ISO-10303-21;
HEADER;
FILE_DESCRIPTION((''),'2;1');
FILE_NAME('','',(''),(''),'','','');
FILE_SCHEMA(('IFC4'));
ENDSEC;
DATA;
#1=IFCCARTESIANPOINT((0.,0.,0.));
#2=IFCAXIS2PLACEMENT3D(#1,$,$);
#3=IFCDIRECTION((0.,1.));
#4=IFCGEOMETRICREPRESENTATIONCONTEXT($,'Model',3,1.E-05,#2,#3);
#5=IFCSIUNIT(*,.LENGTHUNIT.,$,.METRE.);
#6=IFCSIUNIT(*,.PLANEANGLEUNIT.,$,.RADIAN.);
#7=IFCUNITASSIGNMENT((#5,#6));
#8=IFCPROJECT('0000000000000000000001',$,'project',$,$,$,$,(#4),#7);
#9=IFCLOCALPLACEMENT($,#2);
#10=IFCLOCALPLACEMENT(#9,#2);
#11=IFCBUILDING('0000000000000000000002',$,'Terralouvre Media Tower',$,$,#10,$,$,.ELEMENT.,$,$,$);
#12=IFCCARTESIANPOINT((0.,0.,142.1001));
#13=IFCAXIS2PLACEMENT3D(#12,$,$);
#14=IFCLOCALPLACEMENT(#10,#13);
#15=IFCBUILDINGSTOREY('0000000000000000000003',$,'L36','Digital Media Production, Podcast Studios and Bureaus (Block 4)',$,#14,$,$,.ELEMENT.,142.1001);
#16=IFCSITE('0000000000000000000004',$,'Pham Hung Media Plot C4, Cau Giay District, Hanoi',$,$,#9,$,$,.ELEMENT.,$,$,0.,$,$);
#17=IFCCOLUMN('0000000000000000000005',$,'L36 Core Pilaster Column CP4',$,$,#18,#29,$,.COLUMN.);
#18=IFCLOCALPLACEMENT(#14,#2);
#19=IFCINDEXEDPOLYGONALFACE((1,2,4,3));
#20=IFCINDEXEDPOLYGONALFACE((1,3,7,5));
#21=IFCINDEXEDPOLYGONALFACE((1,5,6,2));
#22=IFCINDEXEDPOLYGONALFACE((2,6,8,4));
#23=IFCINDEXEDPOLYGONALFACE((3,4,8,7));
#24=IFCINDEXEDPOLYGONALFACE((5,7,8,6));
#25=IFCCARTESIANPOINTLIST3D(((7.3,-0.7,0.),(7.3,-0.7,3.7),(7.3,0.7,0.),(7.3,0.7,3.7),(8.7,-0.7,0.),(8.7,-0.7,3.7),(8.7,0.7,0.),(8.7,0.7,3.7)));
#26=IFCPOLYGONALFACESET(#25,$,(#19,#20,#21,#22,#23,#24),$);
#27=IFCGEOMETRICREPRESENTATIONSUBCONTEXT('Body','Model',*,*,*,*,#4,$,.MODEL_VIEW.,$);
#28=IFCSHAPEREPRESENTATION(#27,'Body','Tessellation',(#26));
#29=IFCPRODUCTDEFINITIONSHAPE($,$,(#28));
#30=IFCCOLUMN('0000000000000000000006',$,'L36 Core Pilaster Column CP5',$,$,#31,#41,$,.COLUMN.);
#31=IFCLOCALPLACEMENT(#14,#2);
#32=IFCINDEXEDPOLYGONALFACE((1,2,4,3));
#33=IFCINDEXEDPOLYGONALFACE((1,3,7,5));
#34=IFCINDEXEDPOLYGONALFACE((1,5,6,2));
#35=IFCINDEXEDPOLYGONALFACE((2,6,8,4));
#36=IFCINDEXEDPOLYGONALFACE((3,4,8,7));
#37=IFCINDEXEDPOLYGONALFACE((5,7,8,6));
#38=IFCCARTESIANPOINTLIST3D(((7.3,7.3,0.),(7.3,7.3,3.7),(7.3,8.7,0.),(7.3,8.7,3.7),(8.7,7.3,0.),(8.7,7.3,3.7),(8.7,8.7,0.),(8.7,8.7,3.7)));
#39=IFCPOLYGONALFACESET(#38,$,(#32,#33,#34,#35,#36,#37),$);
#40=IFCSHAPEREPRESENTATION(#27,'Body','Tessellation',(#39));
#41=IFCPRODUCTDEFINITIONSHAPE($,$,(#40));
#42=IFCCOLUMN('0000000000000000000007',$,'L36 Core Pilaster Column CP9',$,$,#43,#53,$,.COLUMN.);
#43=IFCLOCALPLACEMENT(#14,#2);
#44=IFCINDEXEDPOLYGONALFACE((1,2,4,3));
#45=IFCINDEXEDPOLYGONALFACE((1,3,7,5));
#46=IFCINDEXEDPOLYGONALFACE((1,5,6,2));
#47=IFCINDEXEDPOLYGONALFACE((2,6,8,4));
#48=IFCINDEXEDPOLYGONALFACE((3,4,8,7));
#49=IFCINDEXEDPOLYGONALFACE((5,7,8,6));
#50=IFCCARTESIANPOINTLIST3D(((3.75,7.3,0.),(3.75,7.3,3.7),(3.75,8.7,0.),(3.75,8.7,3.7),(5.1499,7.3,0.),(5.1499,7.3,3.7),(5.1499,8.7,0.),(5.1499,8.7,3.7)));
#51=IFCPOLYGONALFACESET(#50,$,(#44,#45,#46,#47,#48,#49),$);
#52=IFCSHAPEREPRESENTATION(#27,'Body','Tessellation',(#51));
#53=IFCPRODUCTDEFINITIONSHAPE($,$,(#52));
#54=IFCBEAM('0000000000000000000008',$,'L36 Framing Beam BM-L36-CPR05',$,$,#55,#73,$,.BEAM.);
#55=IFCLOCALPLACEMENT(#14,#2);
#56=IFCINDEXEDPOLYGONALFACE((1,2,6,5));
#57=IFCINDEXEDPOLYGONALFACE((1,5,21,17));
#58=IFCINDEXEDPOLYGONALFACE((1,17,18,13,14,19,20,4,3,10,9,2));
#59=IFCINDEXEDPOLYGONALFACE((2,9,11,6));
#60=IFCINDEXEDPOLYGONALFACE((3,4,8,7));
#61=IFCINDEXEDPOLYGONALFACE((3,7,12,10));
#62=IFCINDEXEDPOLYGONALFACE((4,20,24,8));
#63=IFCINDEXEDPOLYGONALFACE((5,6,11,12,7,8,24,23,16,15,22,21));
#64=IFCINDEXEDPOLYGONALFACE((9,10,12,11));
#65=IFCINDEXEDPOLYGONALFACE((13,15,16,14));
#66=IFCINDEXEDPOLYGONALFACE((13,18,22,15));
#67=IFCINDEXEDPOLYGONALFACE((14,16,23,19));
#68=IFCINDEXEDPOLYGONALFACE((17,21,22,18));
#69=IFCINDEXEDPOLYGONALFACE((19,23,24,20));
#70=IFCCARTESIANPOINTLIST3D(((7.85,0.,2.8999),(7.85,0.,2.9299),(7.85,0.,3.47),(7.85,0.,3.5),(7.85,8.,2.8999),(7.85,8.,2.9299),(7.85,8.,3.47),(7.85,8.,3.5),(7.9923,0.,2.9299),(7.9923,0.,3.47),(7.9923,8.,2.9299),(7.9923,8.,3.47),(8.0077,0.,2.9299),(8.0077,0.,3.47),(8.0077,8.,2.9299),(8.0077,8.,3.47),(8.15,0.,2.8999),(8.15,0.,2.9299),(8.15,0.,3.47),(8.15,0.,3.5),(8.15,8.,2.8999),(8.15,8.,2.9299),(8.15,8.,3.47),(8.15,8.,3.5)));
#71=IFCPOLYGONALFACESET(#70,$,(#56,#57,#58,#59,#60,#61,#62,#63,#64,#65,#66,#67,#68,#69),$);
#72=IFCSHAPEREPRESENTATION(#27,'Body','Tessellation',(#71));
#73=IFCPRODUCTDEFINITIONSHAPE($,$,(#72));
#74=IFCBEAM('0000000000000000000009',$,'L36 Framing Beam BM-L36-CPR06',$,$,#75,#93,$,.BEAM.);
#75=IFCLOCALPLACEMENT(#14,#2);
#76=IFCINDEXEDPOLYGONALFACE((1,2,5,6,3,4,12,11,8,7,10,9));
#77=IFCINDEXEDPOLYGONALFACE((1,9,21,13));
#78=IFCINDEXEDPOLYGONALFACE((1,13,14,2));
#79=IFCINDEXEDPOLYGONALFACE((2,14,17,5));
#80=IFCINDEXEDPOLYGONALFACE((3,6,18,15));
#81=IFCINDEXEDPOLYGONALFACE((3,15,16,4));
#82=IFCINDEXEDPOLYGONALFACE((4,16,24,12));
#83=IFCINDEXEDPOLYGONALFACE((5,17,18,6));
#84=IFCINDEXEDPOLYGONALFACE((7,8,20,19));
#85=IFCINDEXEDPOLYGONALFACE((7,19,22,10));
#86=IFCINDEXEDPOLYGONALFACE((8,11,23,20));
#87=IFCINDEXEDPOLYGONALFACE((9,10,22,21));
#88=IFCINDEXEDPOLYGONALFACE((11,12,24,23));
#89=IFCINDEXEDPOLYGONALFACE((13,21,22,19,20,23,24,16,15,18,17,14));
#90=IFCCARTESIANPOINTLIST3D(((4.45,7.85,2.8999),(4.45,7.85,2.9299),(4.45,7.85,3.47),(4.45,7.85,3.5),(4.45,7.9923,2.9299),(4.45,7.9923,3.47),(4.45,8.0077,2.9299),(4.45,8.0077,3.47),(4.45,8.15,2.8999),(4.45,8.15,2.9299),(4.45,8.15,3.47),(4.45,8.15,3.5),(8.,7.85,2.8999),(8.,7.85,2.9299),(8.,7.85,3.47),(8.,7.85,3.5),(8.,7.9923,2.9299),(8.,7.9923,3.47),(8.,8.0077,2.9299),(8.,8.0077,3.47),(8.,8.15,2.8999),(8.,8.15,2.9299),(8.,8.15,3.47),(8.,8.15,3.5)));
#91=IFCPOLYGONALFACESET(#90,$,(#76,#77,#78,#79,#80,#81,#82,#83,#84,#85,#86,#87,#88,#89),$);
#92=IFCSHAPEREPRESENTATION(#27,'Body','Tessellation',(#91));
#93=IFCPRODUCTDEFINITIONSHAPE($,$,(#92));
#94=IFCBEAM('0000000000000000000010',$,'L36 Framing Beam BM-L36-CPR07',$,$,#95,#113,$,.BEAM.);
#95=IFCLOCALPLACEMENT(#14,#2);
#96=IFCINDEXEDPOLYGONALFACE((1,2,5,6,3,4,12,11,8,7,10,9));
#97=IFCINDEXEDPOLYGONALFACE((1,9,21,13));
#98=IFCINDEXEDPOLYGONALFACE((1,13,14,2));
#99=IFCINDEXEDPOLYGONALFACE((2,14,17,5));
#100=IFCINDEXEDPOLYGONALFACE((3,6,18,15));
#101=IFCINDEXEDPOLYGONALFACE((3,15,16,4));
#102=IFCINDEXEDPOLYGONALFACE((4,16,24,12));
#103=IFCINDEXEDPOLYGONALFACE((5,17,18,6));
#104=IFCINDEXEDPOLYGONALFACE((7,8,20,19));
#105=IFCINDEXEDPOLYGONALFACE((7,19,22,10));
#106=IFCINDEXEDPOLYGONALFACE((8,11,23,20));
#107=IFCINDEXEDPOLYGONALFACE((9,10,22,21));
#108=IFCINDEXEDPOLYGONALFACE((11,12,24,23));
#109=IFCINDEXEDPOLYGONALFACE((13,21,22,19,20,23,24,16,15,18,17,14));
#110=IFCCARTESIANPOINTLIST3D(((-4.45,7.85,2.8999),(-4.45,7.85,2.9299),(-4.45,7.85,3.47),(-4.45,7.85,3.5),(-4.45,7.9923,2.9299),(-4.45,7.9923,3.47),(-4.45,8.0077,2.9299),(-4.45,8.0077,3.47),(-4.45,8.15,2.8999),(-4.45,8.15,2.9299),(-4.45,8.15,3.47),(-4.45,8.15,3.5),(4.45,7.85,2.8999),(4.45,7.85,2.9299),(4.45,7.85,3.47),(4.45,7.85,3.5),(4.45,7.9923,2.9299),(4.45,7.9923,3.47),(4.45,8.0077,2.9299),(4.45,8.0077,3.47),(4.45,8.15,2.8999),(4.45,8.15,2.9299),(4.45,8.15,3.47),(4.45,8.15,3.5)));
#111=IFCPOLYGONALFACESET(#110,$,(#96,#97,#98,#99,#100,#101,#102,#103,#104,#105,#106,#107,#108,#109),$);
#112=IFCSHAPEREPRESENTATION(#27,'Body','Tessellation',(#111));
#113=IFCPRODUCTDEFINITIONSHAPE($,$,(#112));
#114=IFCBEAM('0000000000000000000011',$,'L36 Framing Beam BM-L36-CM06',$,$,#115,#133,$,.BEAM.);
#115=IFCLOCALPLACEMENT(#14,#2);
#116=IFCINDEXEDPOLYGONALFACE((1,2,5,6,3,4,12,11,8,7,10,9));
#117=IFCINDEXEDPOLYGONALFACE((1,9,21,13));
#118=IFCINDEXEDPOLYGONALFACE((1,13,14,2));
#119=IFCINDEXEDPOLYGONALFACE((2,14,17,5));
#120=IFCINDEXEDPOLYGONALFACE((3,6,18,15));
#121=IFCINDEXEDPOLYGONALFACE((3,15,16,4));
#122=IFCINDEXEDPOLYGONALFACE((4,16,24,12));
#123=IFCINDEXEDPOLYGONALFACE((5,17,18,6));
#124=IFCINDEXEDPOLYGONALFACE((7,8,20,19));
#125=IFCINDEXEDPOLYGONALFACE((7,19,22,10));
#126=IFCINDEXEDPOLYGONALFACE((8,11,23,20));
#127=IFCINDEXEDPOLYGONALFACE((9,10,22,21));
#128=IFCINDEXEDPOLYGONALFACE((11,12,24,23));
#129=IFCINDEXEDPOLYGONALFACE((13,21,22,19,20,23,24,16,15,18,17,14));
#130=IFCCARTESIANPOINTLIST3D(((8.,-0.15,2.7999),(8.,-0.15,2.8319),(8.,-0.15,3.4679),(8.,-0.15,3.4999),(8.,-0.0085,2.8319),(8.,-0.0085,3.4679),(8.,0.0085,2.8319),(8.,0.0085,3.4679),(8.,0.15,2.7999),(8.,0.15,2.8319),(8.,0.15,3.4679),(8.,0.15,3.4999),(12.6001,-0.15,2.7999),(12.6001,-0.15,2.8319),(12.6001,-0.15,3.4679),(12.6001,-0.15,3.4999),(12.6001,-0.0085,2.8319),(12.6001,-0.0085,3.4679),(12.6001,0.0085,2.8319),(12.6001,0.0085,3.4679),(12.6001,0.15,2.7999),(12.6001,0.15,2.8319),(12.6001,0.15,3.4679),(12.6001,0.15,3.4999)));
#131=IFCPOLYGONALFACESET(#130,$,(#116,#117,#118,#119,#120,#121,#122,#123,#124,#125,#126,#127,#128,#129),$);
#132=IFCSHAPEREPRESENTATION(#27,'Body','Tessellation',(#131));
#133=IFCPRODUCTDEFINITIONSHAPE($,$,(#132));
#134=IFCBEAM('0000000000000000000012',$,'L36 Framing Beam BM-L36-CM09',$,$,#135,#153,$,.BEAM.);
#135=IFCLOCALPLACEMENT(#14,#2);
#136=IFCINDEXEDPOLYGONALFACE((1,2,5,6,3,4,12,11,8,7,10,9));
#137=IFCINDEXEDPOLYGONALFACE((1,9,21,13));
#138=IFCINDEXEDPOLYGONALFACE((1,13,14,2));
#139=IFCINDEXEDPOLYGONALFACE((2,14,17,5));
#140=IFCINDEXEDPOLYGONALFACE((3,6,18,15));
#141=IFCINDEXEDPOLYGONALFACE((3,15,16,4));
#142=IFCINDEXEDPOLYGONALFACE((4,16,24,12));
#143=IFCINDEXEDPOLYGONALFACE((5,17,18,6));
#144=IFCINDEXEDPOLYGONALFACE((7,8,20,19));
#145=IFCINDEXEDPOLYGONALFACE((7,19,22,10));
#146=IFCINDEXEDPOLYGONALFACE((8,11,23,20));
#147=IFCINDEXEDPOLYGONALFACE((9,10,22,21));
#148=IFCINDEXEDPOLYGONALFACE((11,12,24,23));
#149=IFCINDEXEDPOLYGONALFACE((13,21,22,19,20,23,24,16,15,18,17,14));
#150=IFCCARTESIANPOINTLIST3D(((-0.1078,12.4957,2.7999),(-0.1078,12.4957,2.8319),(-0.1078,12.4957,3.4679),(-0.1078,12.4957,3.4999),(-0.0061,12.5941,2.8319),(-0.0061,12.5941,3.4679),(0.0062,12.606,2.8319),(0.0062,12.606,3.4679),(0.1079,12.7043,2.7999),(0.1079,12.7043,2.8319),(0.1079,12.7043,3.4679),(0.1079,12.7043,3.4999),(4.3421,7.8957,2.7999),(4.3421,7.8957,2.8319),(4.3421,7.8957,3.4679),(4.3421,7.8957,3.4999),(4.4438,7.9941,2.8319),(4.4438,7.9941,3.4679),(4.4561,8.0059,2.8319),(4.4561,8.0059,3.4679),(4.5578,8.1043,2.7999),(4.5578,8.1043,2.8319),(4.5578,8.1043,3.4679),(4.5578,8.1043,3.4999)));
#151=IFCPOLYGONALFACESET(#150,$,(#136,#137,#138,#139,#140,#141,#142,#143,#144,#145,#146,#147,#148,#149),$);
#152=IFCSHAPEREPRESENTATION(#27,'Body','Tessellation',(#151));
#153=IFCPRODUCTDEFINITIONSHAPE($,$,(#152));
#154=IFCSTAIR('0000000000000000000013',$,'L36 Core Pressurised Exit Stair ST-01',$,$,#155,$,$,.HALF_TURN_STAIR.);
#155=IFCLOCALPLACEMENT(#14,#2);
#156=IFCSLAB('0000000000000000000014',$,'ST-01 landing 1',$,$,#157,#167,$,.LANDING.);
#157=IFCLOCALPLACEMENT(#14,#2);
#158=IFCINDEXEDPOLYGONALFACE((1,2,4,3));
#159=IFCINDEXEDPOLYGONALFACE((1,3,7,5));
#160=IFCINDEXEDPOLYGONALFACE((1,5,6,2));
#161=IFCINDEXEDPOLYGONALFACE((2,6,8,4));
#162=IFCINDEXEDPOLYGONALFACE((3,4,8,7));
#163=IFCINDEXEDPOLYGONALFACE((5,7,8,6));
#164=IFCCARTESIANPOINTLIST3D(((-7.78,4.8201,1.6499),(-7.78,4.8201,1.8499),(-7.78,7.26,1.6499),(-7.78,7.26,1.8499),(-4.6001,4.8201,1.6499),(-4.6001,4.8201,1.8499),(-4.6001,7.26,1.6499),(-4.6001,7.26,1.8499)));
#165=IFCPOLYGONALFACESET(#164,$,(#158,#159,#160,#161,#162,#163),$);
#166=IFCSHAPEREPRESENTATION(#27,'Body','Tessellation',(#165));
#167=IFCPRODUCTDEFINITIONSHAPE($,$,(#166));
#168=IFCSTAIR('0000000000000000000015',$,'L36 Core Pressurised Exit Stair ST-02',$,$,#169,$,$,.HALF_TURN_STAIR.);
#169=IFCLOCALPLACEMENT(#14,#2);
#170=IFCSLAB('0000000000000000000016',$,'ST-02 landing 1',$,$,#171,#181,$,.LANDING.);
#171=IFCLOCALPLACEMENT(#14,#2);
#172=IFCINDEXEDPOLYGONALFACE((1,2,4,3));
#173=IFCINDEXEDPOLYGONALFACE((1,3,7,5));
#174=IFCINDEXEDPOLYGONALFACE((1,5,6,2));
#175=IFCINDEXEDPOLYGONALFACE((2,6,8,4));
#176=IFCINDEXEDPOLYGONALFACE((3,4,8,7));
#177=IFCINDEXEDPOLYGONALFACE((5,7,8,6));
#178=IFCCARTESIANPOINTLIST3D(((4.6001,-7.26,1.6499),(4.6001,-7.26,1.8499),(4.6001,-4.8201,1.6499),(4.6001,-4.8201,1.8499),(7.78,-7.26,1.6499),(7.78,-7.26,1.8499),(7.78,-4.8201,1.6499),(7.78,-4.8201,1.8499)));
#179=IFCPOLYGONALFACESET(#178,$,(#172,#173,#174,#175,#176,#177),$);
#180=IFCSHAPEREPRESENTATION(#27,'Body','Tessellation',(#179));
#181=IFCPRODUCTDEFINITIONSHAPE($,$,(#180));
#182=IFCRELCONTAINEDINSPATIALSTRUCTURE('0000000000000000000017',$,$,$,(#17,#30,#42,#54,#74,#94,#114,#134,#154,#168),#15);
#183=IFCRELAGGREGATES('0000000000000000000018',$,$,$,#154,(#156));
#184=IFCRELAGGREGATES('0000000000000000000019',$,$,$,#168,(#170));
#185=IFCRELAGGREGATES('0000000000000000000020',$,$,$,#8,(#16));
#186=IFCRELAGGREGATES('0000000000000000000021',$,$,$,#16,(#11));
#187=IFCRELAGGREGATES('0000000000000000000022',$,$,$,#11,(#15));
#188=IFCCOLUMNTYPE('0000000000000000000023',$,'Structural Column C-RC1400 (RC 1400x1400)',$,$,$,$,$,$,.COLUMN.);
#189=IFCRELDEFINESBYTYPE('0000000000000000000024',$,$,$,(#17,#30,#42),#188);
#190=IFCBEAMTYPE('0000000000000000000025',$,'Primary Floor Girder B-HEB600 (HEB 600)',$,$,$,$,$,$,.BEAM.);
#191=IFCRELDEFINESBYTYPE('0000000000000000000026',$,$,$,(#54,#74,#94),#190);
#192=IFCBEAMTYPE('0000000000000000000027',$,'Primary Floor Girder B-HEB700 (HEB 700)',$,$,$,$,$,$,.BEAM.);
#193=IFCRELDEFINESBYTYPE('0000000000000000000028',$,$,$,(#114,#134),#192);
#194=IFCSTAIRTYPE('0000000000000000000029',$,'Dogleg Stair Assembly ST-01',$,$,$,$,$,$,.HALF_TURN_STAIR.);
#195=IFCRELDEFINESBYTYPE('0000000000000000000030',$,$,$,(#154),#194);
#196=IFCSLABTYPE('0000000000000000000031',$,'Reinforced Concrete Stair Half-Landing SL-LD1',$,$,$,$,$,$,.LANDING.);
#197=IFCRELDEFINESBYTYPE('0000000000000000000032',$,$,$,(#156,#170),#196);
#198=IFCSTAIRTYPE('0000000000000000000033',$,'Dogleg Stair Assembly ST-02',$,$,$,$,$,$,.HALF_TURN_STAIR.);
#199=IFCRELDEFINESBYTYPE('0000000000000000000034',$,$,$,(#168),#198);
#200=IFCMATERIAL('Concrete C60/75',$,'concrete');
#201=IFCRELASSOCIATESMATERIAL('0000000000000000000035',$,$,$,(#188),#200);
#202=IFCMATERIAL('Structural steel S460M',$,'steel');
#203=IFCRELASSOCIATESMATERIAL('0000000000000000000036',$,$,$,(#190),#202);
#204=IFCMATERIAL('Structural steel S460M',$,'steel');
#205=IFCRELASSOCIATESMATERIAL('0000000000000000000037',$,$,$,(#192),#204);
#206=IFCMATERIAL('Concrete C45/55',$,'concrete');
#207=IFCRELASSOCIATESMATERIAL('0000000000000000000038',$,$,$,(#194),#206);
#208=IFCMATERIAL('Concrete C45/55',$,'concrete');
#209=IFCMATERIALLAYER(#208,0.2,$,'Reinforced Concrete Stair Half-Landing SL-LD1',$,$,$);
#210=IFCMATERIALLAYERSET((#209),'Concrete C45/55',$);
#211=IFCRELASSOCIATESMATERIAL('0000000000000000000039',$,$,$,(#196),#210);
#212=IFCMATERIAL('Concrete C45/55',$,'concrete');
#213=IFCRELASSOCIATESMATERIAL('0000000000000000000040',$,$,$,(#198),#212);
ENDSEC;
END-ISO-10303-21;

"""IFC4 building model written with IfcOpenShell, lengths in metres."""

from ifc_helpers import new_model, si_unit, direction, frame, origin, origin_2d, place, context, subcontext, project, spatial, polyline, rectangle, i_section, outline, extrude, material, layer, layer_set, material_profile, profile_set, type_object, element, aggregate, save


model = new_model("IFC4")

# Units and contexts
model_context = context("Model", 3, precision=1e-05, world=origin(), true_north=direction((0.0, 1.0)))
body_context = subcontext(model_context, "Body", "Model", "MODEL_VIEW")
ifc_project = project(units=[si_unit("LENGTHUNIT", "METRE"), si_unit("PLANEANGLEUNIT", "RADIAN")], contexts=[model_context])

# Site, building, storey
site_placement = place(None, origin())
site = spatial("IfcSite", under=ifc_project, at=site_placement, Name="Pham Hung Media Plot C4, Cau Giay District, Hanoi", CompositionType="ELEMENT", RefElevation=0.0)
building_placement = place(site_placement, origin())
building = spatial("IfcBuilding", under=site, at=building_placement, Name="Terralouvre Media Tower", CompositionType="ELEMENT")
storey_placement = place(building_placement, frame((0.0, 0.0, 142.1001)))
storey = spatial("IfcBuildingStorey", under=building, at=storey_placement, Name="L36", Description="Digital Media Production, Podcast Studios and Bureaus (Block 4)", CompositionType="ELEMENT", Elevation=142.1001)

# Columns
ifc_material_1 = material(Name="Concrete C60/75", Category="concrete")
ifc_material_profile_1 = material_profile(ifc_material_1, rectangle(XDim=1.3999, YDim=1.3999, at=origin_2d()), Name="RC 1400x1400")
ifc_profile_set_1 = profile_set([ifc_material_profile_1], Name="Concrete C60/75")
column_type = type_object("IfcColumnType", Name="Structural Column C-RC1400 (RC 1400x1400)", PredefinedType="COLUMN", material=ifc_profile_set_1)
for number, where, z_axis, x_axis, name in (
    (1, (8.0, 0.0, 0.0), (0.0, 0.0, 1.0), (1.0, 0.0, 0.0), "L36 Core Pilaster Column CP4"),
    (2, (8.0, 8.0, 0.0), (0.0, 0.0, 1.0), (1.0, 0.0, 0.0), "L36 Core Pilaster Column CP5"),
    (3, (4.45, 8.0, 0.0), (0.0, 0.0, 1.0), (1.0, 0.0, 0.0), "L36 Core Pilaster Column CP9"),
):
    element("IfcColumn", number, at=place(storey_placement, frame(where, z_axis=z_axis, x_axis=x_axis)), inside=storey, type_object=column_type, Name=name, PredefinedType="COLUMN", context=body_context, shape_type="SweptSolid", body=[
        extrude(rectangle(XDim=1.3999, YDim=1.3999, at=origin_2d()), origin(), (0.0, 0.0, 1.0), 3.7),
    ])

# Beams
ifc_material_2 = material(Name="Structural steel S460M", Category="steel")
ifc_material_profile_2 = material_profile(ifc_material_2, i_section(OverallWidth=0.3, OverallDepth=0.6001, WebThickness=0.0154, FlangeThickness=0.03, at=origin_2d()), Name="HEB 600")
ifc_profile_set_2 = profile_set([ifc_material_profile_2], Name="Structural steel S460M")
beam_type_1 = type_object("IfcBeamType", Name="Primary Floor Girder B-HEB600 (HEB 600)", PredefinedType="BEAM", material=ifc_profile_set_2)
beam_1_placement = place(storey_placement, frame((8.0, 0.0, 3.2), z_axis=(0.0, 1.0, 0.0), x_axis=(-1.0, 0.0, 0.0)))
element("IfcBeam", 4, at=beam_1_placement, inside=storey, type_object=beam_type_1, Name="L36 Framing Beam BM-L36-CPR05", PredefinedType="BEAM", context=body_context, shape_type="SweptSolid", body=[
    extrude(i_section(OverallWidth=0.3, OverallDepth=0.6001, WebThickness=0.0154, FlangeThickness=0.03, at=origin_2d()), origin(), (0.0, 0.0, 1.0), 8.0),
])
beam_2_placement = place(storey_placement, frame((8.0, 8.0, 3.2), z_axis=(-1.0, 0.0, 0.0), x_axis=(0.0, -1.0, 0.0)))
element("IfcBeam", 5, at=beam_2_placement, inside=storey, type_object=beam_type_1, Name="L36 Framing Beam BM-L36-CPR06", PredefinedType="BEAM", context=body_context, shape_type="SweptSolid", body=[
    extrude(i_section(OverallWidth=0.3, OverallDepth=0.6001, WebThickness=0.0154, FlangeThickness=0.03, at=origin_2d()), origin(), (0.0, 0.0, 1.0), 3.55),
])
beam_3_placement = place(storey_placement, frame((4.45, 8.0, 3.2), z_axis=(-1.0, 0.0, 0.0), x_axis=(0.0, -1.0, 0.0)))
element("IfcBeam", 6, at=beam_3_placement, inside=storey, type_object=beam_type_1, Name="L36 Framing Beam BM-L36-CPR07", PredefinedType="BEAM", context=body_context, shape_type="SweptSolid", body=[
    extrude(i_section(OverallWidth=0.3, OverallDepth=0.6001, WebThickness=0.0154, FlangeThickness=0.03, at=origin_2d()), origin(), (0.0, 0.0, 1.0), 8.8999),
])
ifc_material_3 = material(Name="Structural steel S460M", Category="steel")
ifc_material_profile_3 = material_profile(ifc_material_3, i_section(OverallWidth=0.3, OverallDepth=0.7, WebThickness=0.0171, FlangeThickness=0.032, at=origin_2d()), Name="HEB 700")
ifc_profile_set_3 = profile_set([ifc_material_profile_3], Name="Structural steel S460M")
beam_type_2 = type_object("IfcBeamType", Name="Primary Floor Girder B-HEB700 (HEB 700)", PredefinedType="BEAM", material=ifc_profile_set_3)
beam_4_placement = place(storey_placement, frame((8.0, 0.0, 3.1499), z_axis=(1.0, 0.0, 0.0), x_axis=(0.0, 1.0, 0.0)))
element("IfcBeam", 7, at=beam_4_placement, inside=storey, type_object=beam_type_2, Name="L36 Framing Beam BM-L36-CM06", PredefinedType="BEAM", context=body_context, shape_type="SweptSolid", body=[
    extrude(i_section(OverallWidth=0.3, OverallDepth=0.7, WebThickness=0.0171, FlangeThickness=0.032, at=origin_2d()), origin(), (0.0, 0.0, 1.0), 4.6001),
])
beam_5_placement = place(storey_placement, frame((4.45, 8.0, 3.1499), z_axis=(-0.69528, 0.718739, 0.0), x_axis=(-0.718739, -0.69528, 0.0)))
element("IfcBeam", 8, at=beam_5_placement, inside=storey, type_object=beam_type_2, Name="L36 Framing Beam BM-L36-CM09", PredefinedType="BEAM", context=body_context, shape_type="SweptSolid", body=[
    extrude(i_section(OverallWidth=0.3, OverallDepth=0.7, WebThickness=0.0171, FlangeThickness=0.032, at=origin_2d()), origin(), (0.0, 0.0, 1.0), 6.4001),
])

# Stairs, slabs
ifc_material_4 = material(Name="Concrete C45/55", Category="concrete")
stair_type_1 = type_object("IfcStairType", Name="Dogleg Stair Assembly ST-01", PredefinedType="HALF_TURN_STAIR", material=ifc_material_4)
stair_1_placement = place(storey_placement, origin())
stair_1 = element("IfcStair", 9, at=stair_1_placement, inside=storey, type_object=stair_type_1, Name="L36 Core Pressurised Exit Stair ST-01", PredefinedType="HALF_TURN_STAIR")
ifc_material_5 = material(Name="Concrete C45/55", Category="concrete")
ifc_layer_1 = layer(ifc_material_5, 0.2, Name="Reinforced Concrete Stair Half-Landing SL-LD1")
ifc_layer_set_1 = layer_set([ifc_layer_1], Name="Concrete C45/55")
slab_type = type_object("IfcSlabType", Name="Reinforced Concrete Stair Half-Landing SL-LD1", PredefinedType="LANDING", material=ifc_layer_set_1)
slab_1_placement = place(storey_placement, frame((0.0, 0.0, 1.6499)))
slab_1 = element("IfcSlab", 10, at=slab_1_placement, type_object=slab_type, Name="ST-01 landing 1", PredefinedType="LANDING", context=body_context, shape_type="SweptSolid", body=[
    extrude(outline(polyline([(-4.6001, 4.8201), (-4.6001, 7.26), (-7.78, 7.26), (-7.78, 4.8201), (-4.6001, 4.8201)])), origin(), (0.0, 0.0, 1.0), 0.2),
])
aggregate(stair_1, [slab_1])
ifc_material_6 = material(Name="Concrete C45/55", Category="concrete")
stair_type_2 = type_object("IfcStairType", Name="Dogleg Stair Assembly ST-02", PredefinedType="HALF_TURN_STAIR", material=ifc_material_6)
stair_2_placement = place(storey_placement, origin())
stair_2 = element("IfcStair", 11, at=stair_2_placement, inside=storey, type_object=stair_type_2, Name="L36 Core Pressurised Exit Stair ST-02", PredefinedType="HALF_TURN_STAIR")
slab_2_placement = place(storey_placement, frame((0.0, 0.0, 1.6499)))
slab_2 = element("IfcSlab", 12, at=slab_2_placement, type_object=slab_type, Name="ST-02 landing 1", PredefinedType="LANDING", context=body_context, shape_type="SweptSolid", body=[
    extrude(outline(polyline([(4.6001, -4.8201), (4.6001, -7.26), (7.78, -7.26), (7.78, -4.8201), (4.6001, -4.8201)])), origin(), (0.0, 0.0, 1.0), 0.2),
])
aggregate(stair_2, [slab_2])

save(model, "model.ifc")
